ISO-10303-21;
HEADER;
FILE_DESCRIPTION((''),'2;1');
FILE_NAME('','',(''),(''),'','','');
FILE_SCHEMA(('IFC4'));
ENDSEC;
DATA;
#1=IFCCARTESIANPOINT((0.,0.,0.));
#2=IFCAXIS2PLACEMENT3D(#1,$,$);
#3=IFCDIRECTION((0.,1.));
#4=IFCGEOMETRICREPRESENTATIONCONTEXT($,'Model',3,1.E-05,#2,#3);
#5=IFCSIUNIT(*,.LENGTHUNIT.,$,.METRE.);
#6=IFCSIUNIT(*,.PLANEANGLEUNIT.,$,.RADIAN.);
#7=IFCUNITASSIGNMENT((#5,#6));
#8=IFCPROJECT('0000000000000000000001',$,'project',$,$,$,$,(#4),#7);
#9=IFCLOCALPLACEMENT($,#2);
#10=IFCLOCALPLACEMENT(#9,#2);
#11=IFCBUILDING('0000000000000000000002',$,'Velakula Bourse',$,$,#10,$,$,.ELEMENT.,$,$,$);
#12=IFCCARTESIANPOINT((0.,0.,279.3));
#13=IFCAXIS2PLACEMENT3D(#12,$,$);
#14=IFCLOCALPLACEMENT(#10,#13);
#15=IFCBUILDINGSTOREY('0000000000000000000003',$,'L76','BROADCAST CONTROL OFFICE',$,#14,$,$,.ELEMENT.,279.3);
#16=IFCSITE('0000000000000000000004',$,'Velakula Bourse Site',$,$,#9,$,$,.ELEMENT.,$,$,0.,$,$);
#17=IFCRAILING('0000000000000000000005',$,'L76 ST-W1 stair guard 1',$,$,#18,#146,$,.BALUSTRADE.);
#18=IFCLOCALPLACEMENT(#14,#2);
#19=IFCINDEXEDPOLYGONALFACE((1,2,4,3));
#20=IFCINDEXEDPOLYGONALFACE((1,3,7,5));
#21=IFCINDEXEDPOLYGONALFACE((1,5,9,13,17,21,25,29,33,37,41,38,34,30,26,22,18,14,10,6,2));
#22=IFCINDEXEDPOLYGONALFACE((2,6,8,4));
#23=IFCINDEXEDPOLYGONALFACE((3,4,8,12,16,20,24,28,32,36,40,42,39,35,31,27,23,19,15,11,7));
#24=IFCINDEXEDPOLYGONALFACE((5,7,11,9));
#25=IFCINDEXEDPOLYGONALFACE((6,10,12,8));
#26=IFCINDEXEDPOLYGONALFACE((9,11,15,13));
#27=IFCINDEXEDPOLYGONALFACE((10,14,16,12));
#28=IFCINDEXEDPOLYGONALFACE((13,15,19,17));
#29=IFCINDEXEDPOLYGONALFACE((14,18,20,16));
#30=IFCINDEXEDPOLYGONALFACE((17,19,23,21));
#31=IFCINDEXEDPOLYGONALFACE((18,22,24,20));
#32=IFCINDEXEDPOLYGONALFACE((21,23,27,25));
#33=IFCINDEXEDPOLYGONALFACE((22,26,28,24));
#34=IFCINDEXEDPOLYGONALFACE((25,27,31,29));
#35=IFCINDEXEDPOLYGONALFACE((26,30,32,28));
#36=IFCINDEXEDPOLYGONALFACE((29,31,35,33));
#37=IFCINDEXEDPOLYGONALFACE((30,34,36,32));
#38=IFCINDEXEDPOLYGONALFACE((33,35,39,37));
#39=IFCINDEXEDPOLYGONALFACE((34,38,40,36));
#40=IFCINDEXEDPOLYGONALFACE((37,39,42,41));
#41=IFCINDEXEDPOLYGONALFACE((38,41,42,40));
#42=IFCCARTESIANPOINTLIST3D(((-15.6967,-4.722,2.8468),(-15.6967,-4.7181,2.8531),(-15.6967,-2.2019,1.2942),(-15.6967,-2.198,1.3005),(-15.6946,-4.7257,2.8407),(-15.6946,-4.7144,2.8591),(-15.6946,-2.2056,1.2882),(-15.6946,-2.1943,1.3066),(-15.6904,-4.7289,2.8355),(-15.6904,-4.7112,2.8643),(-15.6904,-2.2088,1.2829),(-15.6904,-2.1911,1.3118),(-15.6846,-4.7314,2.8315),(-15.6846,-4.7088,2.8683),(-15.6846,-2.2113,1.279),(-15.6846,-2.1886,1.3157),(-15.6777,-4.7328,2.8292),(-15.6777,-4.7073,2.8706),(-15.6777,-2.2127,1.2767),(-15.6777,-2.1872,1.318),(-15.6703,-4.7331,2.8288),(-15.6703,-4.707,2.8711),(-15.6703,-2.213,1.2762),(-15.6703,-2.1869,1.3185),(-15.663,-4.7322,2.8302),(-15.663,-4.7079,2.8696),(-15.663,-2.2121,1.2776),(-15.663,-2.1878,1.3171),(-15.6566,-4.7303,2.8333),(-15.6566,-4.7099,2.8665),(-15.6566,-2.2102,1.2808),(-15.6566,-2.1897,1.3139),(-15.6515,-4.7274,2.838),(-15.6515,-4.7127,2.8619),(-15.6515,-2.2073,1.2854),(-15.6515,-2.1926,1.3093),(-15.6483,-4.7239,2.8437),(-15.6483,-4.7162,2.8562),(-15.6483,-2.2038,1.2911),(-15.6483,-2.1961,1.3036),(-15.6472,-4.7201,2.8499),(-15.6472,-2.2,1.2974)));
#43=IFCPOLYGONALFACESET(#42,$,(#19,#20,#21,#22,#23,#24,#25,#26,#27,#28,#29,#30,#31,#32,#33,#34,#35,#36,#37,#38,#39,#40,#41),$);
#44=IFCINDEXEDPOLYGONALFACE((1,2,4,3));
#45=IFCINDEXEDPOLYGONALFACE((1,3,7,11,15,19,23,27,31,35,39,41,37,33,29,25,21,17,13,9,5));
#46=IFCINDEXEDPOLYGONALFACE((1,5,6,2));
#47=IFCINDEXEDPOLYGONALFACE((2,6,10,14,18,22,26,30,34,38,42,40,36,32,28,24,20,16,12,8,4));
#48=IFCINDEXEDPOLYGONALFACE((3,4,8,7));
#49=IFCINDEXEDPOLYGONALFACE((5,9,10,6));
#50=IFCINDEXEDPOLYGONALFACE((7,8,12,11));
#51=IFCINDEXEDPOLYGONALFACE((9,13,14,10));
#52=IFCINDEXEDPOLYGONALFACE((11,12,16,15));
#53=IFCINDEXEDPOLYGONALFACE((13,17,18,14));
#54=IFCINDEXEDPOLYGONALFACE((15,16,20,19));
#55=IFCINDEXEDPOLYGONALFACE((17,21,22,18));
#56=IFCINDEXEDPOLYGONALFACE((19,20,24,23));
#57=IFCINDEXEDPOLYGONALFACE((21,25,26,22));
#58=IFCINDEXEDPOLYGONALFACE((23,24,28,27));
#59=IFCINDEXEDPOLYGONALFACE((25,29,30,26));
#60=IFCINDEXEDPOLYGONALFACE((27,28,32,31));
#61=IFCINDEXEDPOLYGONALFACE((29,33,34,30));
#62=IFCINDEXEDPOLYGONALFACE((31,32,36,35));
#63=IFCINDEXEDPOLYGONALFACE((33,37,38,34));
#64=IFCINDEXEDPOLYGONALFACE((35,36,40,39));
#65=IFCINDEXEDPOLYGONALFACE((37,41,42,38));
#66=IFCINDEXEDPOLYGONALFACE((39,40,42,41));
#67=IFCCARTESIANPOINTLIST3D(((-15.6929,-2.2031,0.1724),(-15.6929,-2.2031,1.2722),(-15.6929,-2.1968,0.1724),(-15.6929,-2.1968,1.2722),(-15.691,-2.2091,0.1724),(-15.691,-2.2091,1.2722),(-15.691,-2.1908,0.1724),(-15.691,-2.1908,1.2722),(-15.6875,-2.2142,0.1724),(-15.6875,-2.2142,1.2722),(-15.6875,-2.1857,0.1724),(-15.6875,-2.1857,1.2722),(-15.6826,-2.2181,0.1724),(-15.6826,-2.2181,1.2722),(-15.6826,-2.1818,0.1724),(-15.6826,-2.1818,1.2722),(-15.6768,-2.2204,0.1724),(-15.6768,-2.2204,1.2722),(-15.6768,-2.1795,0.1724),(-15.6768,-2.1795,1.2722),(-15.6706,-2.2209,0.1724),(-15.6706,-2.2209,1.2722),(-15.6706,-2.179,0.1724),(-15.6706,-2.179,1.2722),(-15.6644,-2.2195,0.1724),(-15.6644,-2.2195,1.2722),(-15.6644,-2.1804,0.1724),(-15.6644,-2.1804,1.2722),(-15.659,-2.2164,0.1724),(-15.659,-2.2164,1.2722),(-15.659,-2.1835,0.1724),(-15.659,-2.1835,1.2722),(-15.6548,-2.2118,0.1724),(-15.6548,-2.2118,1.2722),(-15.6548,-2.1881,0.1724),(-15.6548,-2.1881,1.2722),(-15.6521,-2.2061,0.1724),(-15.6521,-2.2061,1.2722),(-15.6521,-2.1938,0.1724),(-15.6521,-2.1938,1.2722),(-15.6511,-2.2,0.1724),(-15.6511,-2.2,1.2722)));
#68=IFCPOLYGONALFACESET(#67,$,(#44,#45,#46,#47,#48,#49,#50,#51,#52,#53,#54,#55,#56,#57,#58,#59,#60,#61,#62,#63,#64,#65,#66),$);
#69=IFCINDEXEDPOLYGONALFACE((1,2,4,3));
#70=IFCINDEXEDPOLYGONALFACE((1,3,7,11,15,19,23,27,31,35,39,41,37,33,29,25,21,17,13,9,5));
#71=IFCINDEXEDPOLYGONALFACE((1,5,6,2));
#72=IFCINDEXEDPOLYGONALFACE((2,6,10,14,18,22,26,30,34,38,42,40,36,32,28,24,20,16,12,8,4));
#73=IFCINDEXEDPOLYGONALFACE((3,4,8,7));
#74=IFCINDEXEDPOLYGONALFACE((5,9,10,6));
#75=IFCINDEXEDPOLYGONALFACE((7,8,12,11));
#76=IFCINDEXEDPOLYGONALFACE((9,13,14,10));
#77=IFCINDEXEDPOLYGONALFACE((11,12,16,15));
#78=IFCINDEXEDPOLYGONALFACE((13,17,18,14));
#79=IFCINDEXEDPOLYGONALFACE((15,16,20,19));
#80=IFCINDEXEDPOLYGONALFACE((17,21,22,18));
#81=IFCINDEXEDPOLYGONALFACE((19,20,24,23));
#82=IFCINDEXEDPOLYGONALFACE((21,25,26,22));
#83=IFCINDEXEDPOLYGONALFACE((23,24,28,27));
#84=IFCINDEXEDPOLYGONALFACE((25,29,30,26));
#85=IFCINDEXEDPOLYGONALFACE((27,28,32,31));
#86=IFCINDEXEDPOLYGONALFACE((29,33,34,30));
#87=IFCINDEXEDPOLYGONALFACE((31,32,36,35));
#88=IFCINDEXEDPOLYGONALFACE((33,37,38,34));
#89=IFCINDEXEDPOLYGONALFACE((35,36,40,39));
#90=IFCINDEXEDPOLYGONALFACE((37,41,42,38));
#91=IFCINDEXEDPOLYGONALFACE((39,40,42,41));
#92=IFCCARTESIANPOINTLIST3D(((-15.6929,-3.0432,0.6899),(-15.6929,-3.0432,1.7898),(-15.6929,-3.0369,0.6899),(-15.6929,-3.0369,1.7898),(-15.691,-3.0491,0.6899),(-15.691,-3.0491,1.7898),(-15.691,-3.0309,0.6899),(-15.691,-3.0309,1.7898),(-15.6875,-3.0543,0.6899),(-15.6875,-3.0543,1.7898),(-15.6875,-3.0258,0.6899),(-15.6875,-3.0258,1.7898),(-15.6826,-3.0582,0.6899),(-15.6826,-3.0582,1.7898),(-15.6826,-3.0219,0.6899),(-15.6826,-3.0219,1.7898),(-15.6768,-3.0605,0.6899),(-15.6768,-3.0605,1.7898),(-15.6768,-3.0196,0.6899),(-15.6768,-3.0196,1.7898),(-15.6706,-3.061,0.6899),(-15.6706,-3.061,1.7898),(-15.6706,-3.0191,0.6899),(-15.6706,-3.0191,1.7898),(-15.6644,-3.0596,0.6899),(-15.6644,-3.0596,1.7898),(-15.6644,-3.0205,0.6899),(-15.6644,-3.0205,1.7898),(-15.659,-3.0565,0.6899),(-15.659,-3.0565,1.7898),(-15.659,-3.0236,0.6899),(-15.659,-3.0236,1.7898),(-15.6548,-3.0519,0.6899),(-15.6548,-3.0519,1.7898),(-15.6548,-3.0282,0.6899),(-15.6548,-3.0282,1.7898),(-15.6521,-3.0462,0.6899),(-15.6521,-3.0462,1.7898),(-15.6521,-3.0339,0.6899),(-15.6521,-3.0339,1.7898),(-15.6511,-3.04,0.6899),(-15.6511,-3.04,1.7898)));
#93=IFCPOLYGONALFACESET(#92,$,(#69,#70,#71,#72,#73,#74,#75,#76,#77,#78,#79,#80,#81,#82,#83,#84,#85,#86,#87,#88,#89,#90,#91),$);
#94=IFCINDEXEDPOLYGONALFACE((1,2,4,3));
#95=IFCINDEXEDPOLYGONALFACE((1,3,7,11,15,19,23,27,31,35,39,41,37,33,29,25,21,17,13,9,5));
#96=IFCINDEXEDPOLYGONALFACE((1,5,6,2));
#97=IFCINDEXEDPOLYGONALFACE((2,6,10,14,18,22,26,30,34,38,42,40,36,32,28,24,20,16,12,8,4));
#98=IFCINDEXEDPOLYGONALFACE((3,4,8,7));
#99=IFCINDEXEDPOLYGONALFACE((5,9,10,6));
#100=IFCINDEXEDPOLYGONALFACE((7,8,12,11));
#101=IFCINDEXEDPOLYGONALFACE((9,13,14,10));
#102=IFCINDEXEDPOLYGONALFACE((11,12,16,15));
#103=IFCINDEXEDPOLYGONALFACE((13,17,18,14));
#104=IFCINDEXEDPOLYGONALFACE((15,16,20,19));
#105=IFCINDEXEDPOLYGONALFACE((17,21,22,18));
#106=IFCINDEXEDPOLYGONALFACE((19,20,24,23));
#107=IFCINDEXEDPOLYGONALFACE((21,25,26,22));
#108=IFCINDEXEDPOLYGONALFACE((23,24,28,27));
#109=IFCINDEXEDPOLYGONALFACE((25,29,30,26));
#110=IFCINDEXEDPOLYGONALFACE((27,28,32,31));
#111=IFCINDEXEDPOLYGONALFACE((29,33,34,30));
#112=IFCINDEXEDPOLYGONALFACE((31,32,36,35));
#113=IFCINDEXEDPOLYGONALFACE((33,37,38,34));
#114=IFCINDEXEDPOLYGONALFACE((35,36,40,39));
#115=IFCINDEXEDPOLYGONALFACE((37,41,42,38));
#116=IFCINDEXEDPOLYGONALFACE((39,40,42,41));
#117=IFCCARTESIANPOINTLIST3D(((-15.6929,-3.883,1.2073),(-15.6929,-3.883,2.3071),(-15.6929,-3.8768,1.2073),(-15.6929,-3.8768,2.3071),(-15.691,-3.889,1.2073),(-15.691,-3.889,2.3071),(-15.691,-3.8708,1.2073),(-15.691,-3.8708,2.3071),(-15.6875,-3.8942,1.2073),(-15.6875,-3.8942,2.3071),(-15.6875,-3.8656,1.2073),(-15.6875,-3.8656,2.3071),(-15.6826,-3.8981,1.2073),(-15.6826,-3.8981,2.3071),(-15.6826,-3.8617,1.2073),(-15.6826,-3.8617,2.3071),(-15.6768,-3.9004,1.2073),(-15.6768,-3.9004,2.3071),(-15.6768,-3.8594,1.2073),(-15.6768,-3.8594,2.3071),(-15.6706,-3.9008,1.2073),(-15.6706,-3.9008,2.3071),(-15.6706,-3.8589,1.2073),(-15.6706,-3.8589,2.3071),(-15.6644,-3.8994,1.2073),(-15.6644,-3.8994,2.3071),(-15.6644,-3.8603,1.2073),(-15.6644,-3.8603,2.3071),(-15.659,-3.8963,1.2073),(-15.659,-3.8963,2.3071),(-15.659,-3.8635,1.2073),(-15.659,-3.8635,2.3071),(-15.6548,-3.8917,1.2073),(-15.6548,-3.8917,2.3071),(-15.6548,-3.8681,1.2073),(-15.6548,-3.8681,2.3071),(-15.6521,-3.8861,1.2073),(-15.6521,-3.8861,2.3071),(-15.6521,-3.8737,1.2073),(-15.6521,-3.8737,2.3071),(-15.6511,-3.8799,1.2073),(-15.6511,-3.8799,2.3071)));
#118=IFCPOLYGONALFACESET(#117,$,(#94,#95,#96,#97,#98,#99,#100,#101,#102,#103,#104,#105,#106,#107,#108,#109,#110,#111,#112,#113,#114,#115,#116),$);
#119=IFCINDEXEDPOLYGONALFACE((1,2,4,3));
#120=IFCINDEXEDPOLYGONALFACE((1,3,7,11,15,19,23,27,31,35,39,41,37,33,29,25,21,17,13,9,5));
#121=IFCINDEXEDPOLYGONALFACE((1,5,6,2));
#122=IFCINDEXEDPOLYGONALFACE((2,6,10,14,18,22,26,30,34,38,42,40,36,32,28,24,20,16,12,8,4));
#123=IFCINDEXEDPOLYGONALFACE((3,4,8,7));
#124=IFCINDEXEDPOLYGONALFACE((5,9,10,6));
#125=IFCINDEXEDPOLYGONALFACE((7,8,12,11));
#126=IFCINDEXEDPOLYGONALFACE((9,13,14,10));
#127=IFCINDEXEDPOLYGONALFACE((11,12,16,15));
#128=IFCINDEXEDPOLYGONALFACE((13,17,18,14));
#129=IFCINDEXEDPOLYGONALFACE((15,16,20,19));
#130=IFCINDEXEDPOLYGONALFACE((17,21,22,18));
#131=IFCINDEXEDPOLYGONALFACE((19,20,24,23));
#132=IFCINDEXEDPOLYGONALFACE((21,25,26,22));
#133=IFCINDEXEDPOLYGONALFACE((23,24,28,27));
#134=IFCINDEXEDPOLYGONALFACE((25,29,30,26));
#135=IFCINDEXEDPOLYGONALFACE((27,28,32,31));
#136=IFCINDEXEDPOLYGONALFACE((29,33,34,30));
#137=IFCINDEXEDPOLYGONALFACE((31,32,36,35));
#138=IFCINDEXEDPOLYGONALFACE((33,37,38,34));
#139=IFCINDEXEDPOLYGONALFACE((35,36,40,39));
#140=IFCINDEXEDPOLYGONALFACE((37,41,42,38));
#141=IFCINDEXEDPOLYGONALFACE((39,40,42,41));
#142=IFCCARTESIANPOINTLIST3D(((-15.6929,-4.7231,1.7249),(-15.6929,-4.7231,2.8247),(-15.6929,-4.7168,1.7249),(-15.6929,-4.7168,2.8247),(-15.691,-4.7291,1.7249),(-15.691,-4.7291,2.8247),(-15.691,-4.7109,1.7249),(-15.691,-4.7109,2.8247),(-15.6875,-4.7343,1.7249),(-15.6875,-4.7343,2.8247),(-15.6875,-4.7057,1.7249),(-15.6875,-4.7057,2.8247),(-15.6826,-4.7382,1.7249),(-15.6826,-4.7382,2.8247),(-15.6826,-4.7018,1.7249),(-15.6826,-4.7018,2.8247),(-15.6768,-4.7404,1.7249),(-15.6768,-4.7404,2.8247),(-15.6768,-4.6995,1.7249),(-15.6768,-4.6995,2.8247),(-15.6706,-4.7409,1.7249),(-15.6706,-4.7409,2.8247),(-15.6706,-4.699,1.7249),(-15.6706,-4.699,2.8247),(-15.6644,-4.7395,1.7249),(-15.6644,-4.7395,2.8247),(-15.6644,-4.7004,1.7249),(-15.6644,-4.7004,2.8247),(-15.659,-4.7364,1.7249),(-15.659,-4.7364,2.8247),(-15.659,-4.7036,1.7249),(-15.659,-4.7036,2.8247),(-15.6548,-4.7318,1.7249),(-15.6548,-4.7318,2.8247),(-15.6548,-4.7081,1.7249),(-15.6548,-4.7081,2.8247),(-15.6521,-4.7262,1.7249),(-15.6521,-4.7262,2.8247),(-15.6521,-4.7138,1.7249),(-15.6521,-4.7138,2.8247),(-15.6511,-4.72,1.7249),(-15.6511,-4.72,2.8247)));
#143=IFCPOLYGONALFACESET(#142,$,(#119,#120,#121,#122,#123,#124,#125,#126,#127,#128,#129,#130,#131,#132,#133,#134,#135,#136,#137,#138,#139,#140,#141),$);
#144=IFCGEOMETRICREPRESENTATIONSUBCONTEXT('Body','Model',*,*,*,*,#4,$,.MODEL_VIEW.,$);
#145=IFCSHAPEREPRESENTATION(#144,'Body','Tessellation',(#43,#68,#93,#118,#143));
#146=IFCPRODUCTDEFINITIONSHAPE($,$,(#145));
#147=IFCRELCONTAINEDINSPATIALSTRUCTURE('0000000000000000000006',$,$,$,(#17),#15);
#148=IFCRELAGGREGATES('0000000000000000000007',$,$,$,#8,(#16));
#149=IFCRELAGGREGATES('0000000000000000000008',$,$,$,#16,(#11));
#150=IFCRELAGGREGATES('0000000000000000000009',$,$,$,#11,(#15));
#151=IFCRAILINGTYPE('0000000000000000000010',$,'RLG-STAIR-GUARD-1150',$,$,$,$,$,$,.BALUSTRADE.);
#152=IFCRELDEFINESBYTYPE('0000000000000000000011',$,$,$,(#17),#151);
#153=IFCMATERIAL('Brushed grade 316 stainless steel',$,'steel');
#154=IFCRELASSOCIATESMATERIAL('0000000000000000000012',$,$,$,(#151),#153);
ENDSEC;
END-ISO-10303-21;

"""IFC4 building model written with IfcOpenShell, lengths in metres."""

from ifc_helpers import new_model, si_unit, direction, frame, origin, origin_2d, place, context, subcontext, project, spatial, circle, extrude, material, type_object, element, save


model = new_model("IFC4")

# Units and contexts
model_context = context("Model", 3, precision=1e-05, world=origin(), true_north=direction((0.0, 1.0)))
body_context = subcontext(model_context, "Body", "Model", "MODEL_VIEW")
ifc_project = project(units=[si_unit("LENGTHUNIT", "METRE"), si_unit("PLANEANGLEUNIT", "RADIAN")], contexts=[model_context])

# Site, building, storey
site_placement = place(None, origin())
site = spatial("IfcSite", under=ifc_project, at=site_placement, Name="Velakula Bourse Site", CompositionType="ELEMENT", RefElevation=0.0)
building_placement = place(site_placement, origin())
building = spatial("IfcBuilding", under=site, at=building_placement, Name="Velakula Bourse", CompositionType="ELEMENT")
storey_placement = place(building_placement, frame((0.0, 0.0, 279.3)))
storey = spatial("IfcBuildingStorey", under=building, at=storey_placement, Name="L76", Description="BROADCAST CONTROL OFFICE", CompositionType="ELEMENT", Elevation=279.3)

# Railing
ifc_material_1 = material(Name="Brushed grade 316 stainless steel", Category="steel")
railing_type_1 = type_object("IfcRailingType", Name="RLG-STAIR-GUARD-1150", PredefinedType="BALUSTRADE", material=ifc_material_1)
railing_1_placement = place(storey_placement, frame((-15.6721, -2.2, 0.1724)))
element("IfcRailing", 1, at=railing_1_placement, inside=storey, type_object=railing_type_1, Name="L76 ST-W1 stair guard 1", PredefinedType="BALUSTRADE", context=body_context, shape_type="SweptSolid", body=[
    extrude(circle(Radius=0.0249, at=origin_2d()), frame((0.0, 0.0, 1.125), z_axis=(0.0, -0.8514, 0.524516), x_axis=(1.0, 0.0, 0.0)), (0.0, 0.0, 1.0), 2.96),
    extrude(circle(Radius=0.021, at=origin_2d()), origin(), (0.0, 0.0, 1.0), 1.0999),
    extrude(circle(Radius=0.021, at=origin_2d()), frame((0.0, -0.8401, 0.5176)), (0.0, 0.0, 1.0), 1.0999),
    extrude(circle(Radius=0.021, at=origin_2d()), frame((0.0, -1.6799, 1.0349)), (0.0, 0.0, 1.0), 1.0999),
    extrude(circle(Radius=0.021, at=origin_2d()), frame((0.0, -2.52, 1.5525)), (0.0, 0.0, 1.0), 1.0999),
])

save(model, "model.ifc")
